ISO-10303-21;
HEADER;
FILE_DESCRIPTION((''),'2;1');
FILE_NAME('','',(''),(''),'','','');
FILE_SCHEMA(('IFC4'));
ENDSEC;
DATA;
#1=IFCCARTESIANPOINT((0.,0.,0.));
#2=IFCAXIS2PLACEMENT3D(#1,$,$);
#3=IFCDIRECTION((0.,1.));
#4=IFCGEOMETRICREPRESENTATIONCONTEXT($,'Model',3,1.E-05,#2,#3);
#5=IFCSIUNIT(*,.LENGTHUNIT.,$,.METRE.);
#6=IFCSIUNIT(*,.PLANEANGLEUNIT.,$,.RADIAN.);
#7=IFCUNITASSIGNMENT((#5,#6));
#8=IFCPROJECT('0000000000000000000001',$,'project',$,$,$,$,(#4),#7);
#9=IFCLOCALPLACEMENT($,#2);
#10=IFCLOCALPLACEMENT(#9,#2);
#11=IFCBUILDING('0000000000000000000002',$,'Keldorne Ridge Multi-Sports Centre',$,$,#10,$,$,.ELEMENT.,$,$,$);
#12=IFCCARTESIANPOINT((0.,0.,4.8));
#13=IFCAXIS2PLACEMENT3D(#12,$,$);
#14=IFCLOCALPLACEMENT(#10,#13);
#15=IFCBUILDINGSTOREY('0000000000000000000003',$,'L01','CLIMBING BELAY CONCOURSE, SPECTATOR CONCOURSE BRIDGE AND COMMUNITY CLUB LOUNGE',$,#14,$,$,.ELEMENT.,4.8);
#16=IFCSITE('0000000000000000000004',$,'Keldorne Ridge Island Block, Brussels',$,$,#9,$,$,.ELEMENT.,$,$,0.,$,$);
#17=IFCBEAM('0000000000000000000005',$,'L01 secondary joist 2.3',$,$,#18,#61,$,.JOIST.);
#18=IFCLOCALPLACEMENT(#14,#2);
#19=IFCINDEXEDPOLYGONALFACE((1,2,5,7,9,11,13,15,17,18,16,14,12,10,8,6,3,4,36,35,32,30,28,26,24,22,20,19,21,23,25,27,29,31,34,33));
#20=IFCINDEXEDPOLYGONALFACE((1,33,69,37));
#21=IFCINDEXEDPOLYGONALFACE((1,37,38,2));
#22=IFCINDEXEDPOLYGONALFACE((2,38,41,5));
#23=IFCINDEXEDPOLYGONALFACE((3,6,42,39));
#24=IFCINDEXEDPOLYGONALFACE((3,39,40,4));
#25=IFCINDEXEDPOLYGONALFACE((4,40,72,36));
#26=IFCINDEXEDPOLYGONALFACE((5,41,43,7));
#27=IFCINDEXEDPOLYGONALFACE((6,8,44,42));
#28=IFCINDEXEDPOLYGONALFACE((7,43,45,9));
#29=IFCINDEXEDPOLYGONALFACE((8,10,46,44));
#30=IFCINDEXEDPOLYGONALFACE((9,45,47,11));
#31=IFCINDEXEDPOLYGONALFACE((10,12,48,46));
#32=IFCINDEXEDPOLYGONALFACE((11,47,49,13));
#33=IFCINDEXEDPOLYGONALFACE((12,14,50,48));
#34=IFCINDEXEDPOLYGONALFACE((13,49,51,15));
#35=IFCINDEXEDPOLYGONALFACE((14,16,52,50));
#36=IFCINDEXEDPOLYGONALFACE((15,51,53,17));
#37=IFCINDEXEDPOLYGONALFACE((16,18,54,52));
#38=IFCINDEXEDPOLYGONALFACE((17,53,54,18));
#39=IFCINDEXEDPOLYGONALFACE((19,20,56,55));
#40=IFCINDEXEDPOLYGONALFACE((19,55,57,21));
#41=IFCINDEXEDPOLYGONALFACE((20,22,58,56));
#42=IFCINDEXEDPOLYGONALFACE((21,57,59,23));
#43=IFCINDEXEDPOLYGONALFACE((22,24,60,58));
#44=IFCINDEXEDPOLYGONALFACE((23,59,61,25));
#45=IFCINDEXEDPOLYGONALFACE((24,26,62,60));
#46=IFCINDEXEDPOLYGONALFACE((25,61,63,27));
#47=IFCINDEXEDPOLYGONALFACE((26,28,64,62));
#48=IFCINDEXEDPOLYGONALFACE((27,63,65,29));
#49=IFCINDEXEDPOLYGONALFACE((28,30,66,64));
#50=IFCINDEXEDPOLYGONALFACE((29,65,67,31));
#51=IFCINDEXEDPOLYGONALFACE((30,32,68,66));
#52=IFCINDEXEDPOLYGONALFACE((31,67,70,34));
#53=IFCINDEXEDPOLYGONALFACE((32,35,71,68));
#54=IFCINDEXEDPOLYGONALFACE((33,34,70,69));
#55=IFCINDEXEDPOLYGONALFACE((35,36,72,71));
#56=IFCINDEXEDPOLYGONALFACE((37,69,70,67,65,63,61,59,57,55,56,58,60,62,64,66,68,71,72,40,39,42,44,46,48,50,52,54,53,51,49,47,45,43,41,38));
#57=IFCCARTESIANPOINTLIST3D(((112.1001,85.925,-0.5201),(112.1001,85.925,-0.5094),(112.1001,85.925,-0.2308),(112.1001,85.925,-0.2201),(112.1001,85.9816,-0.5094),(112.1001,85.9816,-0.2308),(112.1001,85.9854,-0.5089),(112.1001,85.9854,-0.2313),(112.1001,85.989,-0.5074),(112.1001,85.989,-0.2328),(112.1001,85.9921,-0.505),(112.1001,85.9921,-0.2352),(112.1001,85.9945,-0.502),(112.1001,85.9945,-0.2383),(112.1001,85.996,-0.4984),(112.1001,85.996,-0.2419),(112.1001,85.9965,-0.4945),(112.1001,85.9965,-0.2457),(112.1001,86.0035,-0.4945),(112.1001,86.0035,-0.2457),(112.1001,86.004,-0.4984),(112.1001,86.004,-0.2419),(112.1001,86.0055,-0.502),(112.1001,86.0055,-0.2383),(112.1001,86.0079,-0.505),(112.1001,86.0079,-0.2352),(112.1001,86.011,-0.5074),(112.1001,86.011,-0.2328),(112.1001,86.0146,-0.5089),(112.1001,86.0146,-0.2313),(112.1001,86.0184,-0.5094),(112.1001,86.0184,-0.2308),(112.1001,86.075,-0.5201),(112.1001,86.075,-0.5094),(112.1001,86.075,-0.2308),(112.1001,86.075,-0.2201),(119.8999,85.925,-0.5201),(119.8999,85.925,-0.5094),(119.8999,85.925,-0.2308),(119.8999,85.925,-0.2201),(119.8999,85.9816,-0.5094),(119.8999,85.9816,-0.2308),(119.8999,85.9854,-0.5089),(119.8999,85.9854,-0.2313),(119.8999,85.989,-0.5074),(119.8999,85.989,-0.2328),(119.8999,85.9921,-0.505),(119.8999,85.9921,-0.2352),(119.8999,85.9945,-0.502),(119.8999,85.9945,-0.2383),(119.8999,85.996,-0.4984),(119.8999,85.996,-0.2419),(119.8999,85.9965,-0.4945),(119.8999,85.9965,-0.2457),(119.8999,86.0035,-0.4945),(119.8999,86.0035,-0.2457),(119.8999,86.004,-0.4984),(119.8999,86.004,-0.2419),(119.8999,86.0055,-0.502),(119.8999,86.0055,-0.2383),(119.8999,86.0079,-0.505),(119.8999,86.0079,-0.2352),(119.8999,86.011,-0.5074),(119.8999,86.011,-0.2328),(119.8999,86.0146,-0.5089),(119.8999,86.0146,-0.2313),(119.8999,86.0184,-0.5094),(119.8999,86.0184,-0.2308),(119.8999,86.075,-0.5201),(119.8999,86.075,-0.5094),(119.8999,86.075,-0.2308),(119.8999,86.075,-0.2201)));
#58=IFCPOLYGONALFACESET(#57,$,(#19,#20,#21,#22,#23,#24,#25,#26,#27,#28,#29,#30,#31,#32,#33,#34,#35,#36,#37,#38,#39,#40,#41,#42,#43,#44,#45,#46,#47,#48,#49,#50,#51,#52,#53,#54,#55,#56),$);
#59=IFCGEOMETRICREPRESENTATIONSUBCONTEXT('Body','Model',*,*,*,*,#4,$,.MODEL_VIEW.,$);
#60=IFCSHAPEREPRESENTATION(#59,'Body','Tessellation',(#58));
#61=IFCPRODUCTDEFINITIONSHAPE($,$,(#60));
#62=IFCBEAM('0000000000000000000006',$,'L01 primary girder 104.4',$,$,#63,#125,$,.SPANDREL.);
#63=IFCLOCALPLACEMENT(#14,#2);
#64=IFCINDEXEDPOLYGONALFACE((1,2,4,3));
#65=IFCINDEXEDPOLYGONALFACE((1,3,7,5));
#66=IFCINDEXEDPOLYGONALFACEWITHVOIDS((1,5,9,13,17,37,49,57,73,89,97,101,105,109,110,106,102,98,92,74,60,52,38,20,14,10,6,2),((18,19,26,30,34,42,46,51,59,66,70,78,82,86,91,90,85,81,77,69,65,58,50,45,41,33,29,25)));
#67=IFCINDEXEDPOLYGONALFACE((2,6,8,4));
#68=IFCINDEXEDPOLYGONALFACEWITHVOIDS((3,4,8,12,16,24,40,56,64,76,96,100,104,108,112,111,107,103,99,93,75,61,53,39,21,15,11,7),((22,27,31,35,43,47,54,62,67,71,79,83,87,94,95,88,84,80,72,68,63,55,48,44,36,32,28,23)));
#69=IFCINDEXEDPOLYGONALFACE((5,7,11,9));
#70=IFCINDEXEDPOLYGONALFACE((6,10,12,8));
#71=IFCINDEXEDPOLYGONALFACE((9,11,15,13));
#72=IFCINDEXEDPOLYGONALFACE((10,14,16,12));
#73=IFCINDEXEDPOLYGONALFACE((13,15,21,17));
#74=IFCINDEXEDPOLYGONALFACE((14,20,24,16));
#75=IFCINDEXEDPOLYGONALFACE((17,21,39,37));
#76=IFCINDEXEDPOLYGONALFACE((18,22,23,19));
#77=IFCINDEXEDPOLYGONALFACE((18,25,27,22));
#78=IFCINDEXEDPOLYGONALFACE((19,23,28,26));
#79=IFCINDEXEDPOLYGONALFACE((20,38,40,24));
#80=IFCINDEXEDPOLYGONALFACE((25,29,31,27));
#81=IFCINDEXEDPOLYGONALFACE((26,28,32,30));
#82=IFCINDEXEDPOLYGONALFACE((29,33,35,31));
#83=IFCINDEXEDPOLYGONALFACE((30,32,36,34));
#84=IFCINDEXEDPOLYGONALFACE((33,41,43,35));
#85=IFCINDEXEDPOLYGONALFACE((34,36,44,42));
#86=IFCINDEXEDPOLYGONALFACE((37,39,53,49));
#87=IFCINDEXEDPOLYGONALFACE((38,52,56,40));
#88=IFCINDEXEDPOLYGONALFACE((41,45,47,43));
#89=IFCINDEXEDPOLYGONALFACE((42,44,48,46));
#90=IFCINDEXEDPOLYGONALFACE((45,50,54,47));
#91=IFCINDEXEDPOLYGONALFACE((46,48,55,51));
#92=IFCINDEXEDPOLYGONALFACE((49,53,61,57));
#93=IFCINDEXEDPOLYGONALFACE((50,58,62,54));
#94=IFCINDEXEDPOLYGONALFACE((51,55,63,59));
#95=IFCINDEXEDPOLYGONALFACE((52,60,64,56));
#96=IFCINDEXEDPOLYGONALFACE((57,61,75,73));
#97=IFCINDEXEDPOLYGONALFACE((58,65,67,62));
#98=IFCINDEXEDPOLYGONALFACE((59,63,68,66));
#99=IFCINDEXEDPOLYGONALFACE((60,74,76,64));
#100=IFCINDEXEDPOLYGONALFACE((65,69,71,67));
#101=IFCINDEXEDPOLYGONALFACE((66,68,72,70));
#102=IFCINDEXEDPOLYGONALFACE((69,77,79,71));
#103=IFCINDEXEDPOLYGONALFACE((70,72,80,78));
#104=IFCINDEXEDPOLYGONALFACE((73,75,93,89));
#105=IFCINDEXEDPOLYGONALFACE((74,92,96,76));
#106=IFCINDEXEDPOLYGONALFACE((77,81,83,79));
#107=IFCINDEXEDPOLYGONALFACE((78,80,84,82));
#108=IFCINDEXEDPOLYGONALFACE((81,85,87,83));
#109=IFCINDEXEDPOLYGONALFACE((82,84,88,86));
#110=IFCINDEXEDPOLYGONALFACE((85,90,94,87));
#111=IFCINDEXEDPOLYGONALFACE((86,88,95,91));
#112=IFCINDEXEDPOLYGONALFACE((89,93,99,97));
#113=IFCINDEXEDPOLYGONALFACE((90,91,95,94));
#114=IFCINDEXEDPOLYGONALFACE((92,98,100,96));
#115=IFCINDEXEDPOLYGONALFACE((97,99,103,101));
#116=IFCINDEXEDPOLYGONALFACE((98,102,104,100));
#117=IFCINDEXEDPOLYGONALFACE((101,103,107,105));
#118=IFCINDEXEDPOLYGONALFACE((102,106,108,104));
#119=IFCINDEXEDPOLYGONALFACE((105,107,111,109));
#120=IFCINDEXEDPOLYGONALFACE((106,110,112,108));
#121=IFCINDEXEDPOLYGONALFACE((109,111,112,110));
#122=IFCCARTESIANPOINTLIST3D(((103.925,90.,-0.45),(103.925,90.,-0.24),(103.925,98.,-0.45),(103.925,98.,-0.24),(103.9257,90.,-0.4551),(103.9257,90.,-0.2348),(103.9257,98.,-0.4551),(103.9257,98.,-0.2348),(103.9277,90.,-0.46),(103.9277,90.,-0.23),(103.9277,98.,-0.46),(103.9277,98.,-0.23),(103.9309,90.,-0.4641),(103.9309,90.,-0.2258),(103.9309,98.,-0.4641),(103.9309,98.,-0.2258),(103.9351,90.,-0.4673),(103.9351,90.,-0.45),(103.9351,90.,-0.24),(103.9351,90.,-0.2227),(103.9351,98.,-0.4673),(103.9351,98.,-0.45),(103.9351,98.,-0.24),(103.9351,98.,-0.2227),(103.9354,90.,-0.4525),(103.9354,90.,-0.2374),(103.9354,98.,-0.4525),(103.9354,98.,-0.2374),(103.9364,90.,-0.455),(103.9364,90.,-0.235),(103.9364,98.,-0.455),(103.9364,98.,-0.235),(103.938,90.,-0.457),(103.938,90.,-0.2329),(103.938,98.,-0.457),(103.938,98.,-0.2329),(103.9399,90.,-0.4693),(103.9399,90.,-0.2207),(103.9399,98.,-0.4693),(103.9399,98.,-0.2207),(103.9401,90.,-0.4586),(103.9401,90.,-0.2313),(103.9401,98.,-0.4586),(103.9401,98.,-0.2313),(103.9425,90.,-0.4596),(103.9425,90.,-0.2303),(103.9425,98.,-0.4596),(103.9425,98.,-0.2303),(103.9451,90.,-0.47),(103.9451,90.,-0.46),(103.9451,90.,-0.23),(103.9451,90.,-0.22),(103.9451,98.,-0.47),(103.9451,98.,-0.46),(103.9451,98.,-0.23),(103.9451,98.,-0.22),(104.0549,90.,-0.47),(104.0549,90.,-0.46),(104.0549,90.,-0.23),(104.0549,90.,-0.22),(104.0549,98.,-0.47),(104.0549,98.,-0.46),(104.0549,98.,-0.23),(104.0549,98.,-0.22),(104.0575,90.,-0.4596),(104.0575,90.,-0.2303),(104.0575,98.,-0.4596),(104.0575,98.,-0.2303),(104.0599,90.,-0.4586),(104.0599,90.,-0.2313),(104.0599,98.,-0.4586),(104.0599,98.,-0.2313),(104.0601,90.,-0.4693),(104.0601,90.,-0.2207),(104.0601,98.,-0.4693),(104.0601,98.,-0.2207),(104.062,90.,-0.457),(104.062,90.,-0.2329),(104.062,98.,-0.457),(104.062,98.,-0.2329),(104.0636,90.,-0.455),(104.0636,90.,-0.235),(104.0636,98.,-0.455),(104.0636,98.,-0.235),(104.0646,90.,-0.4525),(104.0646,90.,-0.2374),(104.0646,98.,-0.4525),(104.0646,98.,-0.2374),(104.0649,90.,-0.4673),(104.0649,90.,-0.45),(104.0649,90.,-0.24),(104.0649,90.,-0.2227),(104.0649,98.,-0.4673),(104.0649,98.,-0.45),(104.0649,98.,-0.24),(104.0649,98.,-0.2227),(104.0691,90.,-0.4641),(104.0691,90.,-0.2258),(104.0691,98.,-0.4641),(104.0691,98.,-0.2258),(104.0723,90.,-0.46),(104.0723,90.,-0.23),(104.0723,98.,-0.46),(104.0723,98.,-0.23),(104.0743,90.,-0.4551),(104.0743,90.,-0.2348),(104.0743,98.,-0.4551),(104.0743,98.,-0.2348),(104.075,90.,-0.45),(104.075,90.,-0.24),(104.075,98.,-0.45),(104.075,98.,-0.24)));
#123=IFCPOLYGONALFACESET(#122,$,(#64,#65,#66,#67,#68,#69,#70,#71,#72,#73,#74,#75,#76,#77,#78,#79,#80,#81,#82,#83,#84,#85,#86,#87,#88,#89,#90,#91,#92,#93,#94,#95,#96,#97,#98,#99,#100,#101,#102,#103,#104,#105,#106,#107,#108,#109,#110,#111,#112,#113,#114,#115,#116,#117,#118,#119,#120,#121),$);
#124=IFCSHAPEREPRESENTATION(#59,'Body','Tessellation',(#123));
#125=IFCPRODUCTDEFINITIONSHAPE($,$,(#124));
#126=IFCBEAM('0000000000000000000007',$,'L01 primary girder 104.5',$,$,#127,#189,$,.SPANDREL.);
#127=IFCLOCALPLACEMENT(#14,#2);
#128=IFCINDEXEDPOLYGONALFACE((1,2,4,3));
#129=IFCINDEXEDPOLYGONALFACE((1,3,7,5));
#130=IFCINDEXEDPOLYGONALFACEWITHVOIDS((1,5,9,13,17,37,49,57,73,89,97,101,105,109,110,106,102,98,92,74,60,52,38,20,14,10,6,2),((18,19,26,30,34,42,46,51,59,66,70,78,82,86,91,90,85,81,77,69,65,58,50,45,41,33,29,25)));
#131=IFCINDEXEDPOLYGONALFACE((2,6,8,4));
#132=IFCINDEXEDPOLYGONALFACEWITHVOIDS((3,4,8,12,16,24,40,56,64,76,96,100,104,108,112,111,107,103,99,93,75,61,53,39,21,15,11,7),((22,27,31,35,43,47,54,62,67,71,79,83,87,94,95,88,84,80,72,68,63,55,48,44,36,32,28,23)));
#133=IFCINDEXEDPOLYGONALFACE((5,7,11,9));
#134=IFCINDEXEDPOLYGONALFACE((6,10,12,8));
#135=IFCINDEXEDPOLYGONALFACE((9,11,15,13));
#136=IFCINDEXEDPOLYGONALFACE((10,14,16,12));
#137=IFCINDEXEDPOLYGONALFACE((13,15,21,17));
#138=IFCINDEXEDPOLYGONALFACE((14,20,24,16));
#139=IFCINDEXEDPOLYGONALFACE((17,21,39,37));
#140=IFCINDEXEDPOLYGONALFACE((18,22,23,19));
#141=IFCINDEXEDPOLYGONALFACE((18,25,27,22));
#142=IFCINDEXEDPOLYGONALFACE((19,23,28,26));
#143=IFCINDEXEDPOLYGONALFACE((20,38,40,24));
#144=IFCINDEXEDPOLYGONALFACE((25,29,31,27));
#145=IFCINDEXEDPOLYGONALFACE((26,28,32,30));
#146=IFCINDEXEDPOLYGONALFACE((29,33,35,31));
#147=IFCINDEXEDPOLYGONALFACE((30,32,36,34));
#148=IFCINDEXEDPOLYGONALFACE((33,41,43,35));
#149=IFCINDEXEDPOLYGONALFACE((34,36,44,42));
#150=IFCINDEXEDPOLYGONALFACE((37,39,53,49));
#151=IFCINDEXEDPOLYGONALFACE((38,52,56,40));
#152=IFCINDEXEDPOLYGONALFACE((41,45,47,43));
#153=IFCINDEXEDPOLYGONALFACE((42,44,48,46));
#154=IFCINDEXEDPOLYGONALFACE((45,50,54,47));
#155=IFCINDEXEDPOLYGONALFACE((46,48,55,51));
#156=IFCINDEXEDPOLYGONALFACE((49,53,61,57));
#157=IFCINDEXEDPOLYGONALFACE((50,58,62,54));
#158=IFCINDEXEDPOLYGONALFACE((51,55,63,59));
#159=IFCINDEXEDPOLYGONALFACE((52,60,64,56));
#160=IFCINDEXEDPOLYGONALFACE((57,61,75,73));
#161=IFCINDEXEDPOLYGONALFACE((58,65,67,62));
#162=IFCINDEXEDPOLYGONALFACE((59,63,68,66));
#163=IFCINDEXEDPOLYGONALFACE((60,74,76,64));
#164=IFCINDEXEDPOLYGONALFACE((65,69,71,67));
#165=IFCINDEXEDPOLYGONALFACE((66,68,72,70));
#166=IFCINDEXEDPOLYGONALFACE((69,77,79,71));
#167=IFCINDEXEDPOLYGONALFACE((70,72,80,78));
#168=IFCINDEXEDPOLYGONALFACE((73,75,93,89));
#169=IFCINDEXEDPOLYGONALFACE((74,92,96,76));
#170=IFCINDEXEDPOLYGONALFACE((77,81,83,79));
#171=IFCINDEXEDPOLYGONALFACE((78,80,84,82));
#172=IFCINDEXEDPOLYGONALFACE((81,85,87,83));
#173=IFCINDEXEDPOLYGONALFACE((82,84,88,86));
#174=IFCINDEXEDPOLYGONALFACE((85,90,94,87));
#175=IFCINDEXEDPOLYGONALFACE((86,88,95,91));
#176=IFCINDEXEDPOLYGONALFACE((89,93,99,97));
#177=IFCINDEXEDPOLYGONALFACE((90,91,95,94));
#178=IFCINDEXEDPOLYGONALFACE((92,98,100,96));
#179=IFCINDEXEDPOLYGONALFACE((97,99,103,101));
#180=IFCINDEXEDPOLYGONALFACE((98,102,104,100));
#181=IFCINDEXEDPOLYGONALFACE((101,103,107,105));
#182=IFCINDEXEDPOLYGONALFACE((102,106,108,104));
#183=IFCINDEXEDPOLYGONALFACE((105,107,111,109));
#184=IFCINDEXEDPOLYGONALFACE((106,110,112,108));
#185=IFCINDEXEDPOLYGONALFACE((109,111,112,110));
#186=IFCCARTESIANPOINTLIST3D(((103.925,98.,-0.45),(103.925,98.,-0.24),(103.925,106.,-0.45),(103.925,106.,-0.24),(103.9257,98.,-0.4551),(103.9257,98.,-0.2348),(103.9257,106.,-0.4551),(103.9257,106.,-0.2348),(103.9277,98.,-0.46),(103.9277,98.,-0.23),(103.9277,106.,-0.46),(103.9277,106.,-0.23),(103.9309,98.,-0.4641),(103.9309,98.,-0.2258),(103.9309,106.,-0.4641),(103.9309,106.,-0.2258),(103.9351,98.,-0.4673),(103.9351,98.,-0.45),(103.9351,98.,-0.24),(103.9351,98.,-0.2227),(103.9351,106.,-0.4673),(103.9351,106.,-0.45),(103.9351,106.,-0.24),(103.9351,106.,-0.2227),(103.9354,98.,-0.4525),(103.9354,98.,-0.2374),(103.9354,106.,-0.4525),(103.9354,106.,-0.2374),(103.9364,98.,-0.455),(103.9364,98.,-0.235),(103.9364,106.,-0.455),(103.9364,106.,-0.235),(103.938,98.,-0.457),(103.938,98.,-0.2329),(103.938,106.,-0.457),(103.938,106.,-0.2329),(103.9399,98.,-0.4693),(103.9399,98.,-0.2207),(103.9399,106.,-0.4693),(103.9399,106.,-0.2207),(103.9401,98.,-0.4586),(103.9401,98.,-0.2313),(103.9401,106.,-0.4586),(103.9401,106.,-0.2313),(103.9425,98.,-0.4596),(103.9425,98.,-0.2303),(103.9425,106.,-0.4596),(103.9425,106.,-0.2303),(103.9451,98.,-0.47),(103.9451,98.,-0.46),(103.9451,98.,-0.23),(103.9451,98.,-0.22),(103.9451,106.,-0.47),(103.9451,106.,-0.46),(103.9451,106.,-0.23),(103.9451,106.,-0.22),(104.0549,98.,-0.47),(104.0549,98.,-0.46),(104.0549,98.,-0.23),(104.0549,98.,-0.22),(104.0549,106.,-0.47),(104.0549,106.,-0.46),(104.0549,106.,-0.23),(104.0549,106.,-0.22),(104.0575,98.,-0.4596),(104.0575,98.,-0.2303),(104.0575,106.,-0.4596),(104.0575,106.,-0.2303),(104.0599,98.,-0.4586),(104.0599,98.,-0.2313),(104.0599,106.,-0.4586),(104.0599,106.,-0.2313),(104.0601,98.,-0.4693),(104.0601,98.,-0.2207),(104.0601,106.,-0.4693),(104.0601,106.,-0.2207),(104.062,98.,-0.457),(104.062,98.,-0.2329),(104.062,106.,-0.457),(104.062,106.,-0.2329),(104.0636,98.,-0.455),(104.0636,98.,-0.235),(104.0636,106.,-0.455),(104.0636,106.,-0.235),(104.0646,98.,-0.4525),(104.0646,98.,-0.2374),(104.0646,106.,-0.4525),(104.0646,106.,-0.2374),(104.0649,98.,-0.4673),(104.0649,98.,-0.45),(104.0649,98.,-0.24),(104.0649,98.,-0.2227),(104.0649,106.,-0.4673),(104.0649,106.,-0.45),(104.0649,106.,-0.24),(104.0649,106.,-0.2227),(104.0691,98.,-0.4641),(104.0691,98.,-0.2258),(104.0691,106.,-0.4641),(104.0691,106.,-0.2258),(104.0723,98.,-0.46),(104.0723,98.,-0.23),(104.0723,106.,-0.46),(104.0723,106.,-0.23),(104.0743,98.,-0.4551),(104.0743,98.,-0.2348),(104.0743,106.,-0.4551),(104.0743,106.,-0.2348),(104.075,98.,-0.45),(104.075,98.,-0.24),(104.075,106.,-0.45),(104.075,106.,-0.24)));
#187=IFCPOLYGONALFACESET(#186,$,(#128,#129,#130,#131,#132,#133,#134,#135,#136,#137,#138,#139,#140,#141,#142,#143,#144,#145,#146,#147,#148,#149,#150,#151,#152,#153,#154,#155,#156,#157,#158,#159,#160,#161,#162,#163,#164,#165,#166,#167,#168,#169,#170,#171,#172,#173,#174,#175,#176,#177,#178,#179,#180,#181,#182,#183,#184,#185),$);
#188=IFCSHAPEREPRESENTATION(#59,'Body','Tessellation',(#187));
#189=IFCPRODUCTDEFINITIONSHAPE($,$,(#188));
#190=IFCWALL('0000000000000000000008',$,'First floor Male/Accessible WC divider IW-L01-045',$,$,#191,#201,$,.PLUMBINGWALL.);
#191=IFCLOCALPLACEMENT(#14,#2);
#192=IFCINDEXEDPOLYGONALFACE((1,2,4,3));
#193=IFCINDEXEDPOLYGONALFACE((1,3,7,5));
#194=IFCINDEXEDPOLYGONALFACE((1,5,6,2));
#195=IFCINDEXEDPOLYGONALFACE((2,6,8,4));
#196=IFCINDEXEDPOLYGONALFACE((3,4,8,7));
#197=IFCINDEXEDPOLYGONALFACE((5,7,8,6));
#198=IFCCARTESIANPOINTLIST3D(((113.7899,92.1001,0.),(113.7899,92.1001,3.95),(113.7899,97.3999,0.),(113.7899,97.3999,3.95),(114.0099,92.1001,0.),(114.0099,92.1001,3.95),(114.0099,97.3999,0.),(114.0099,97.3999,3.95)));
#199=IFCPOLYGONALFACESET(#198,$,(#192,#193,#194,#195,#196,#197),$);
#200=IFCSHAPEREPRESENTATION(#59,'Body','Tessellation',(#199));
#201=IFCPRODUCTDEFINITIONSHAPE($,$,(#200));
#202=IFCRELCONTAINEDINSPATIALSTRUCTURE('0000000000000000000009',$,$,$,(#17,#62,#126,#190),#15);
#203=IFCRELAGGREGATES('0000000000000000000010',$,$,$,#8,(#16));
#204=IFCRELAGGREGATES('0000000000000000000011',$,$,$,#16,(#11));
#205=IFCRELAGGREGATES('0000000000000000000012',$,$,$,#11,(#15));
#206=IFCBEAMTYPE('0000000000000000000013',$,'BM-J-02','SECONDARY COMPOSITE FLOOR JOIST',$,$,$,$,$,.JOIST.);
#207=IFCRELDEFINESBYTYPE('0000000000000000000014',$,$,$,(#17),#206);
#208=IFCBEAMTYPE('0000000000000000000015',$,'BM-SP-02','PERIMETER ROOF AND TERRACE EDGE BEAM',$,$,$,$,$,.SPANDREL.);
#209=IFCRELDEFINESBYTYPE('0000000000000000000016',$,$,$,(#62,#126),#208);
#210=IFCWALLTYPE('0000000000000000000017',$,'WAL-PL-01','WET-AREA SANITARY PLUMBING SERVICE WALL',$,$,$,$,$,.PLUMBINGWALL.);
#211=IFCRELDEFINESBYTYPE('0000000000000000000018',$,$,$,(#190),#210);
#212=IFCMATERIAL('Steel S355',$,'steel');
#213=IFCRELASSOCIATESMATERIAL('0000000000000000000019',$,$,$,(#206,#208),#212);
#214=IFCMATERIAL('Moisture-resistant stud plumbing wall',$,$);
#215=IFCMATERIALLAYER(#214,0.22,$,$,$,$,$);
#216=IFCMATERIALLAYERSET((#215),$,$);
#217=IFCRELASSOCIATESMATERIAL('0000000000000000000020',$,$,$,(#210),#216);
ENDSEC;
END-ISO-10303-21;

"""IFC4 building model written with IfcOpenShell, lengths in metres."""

from ifc_helpers import new_model, si_unit, direction, frame, frame_2d, origin, origin_2d, place, context, subcontext, project, spatial, rectangle, hollow_rectangle, i_section, extrude, material, layer, layer_set, material_profile, profile_set, type_object, element, save


model = new_model("IFC4")

# Units and contexts
model_context = context("Model", 3, precision=1e-05, world=origin(), true_north=direction((0.0, 1.0)))
body_context = subcontext(model_context, "Body", "Model", "MODEL_VIEW")
ifc_project = project(units=[si_unit("LENGTHUNIT", "METRE"), si_unit("PLANEANGLEUNIT", "RADIAN")], contexts=[model_context])

# Site, building, storey
site_placement = place(None, origin())
site = spatial("IfcSite", under=ifc_project, at=site_placement, Name="Keldorne Ridge Island Block, Brussels", CompositionType="ELEMENT", RefElevation=0.0)
building_placement = place(site_placement, origin())
building = spatial("IfcBuilding", under=site, at=building_placement, Name="Keldorne Ridge Multi-Sports Centre", CompositionType="ELEMENT")
storey_placement = place(building_placement, frame((0.0, 0.0, 4.8)))
storey = spatial("IfcBuildingStorey", under=building, at=storey_placement, Name="L01", Description="CLIMBING BELAY CONCOURSE, SPECTATOR CONCOURSE BRIDGE AND COMMUNITY CLUB LOUNGE", CompositionType="ELEMENT", Elevation=4.8)

# Shared definitions
ifc_material_1 = material(Name="Steel S355", Category="steel")

# Beams
ifc_material_profile_1 = material_profile(ifc_material_1, i_section(OverallWidth=0.1499, OverallDepth=0.3, WebThickness=0.0071, FlangeThickness=0.0107, FilletRadius=0.0149, at=origin_2d()), Name="IPE 300")
ifc_profile_set_1 = profile_set([ifc_material_profile_1], Name="Steel S355")
beam_type_1 = type_object("IfcBeamType", Name="BM-J-02", Description="SECONDARY COMPOSITE FLOOR JOIST", PredefinedType="JOIST", material=ifc_profile_set_1)
beam_1_placement = place(storey_placement, frame((112.1001, 86.0, -0.3701), z_axis=(1.0, 0.0, 0.0), x_axis=(0.0, 1.0, 0.0)))
element("IfcBeam", 1, at=beam_1_placement, inside=storey, type_object=beam_type_1, Name="L01 secondary joist 2.3", PredefinedType="JOIST", context=body_context, shape_type="SweptSolid", body=[
    extrude(i_section(OverallWidth=0.1499, OverallDepth=0.3, WebThickness=0.0071, FlangeThickness=0.0107, FilletRadius=0.0149, at=origin_2d()), origin(), (0.0, 0.0, 1.0), 7.7998),
])
ifc_material_profile_2 = material_profile(ifc_material_1, hollow_rectangle(XDim=0.1499, YDim=0.25, WallThickness=0.01, InnerFilletRadius=0.01, OuterFilletRadius=0.02, at=origin_2d()), Name="RHS 250x150x10")
ifc_profile_set_2 = profile_set([ifc_material_profile_2], Name="Steel S355")
beam_type_2 = type_object("IfcBeamType", Name="BM-SP-02", Description="PERIMETER ROOF AND TERRACE EDGE BEAM", PredefinedType="SPANDREL", material=ifc_profile_set_2)
for number, where, z_axis, x_axis, name in (
    (2, (104.0, 90.0, -0.345), (0.0, 1.0, 0.0), (-1.0, 0.0, 0.0), "L01 primary girder 104.4"),
    (3, (104.0, 98.0, -0.345), (0.0, 1.0, 0.0), (-1.0, 0.0, 0.0), "L01 primary girder 104.5"),
):
    element("IfcBeam", number, at=place(storey_placement, frame(where, z_axis=z_axis, x_axis=x_axis)), inside=storey, type_object=beam_type_2, Name=name, PredefinedType="SPANDREL", context=body_context, shape_type="SweptSolid", body=[
        extrude(hollow_rectangle(XDim=0.1499, YDim=0.25, WallThickness=0.01, InnerFilletRadius=0.01, OuterFilletRadius=0.02, at=origin_2d()), origin(), (0.0, 0.0, 1.0), 8.0),
    ])

# Wall
ifc_material_2 = material(Name="Moisture-resistant stud plumbing wall")
ifc_layer_1 = layer(ifc_material_2, 0.22)
ifc_layer_set_1 = layer_set([ifc_layer_1])
wall_type_1 = type_object("IfcWallType", Name="WAL-PL-01", Description="WET-AREA SANITARY PLUMBING SERVICE WALL", PredefinedType="PLUMBINGWALL", material=ifc_layer_set_1)
wall_1_placement = place(storey_placement, frame((113.8999, 92.1001, 0.0), z_axis=(0.0, 0.0, 1.0), x_axis=(0.0, 1.0, 0.0)))
element("IfcWall", 4, at=wall_1_placement, inside=storey, type_object=wall_type_1, Name="First floor Male/Accessible WC divider IW-L01-045", PredefinedType="PLUMBINGWALL", context=body_context, shape_type="SweptSolid", body=[
    extrude(rectangle(XDim=5.2998, YDim=0.22, at=frame_2d((2.6499, 0.0))), origin(), (0.0, 0.0, 1.0), 3.95),
])

save(model, "model.ifc")
